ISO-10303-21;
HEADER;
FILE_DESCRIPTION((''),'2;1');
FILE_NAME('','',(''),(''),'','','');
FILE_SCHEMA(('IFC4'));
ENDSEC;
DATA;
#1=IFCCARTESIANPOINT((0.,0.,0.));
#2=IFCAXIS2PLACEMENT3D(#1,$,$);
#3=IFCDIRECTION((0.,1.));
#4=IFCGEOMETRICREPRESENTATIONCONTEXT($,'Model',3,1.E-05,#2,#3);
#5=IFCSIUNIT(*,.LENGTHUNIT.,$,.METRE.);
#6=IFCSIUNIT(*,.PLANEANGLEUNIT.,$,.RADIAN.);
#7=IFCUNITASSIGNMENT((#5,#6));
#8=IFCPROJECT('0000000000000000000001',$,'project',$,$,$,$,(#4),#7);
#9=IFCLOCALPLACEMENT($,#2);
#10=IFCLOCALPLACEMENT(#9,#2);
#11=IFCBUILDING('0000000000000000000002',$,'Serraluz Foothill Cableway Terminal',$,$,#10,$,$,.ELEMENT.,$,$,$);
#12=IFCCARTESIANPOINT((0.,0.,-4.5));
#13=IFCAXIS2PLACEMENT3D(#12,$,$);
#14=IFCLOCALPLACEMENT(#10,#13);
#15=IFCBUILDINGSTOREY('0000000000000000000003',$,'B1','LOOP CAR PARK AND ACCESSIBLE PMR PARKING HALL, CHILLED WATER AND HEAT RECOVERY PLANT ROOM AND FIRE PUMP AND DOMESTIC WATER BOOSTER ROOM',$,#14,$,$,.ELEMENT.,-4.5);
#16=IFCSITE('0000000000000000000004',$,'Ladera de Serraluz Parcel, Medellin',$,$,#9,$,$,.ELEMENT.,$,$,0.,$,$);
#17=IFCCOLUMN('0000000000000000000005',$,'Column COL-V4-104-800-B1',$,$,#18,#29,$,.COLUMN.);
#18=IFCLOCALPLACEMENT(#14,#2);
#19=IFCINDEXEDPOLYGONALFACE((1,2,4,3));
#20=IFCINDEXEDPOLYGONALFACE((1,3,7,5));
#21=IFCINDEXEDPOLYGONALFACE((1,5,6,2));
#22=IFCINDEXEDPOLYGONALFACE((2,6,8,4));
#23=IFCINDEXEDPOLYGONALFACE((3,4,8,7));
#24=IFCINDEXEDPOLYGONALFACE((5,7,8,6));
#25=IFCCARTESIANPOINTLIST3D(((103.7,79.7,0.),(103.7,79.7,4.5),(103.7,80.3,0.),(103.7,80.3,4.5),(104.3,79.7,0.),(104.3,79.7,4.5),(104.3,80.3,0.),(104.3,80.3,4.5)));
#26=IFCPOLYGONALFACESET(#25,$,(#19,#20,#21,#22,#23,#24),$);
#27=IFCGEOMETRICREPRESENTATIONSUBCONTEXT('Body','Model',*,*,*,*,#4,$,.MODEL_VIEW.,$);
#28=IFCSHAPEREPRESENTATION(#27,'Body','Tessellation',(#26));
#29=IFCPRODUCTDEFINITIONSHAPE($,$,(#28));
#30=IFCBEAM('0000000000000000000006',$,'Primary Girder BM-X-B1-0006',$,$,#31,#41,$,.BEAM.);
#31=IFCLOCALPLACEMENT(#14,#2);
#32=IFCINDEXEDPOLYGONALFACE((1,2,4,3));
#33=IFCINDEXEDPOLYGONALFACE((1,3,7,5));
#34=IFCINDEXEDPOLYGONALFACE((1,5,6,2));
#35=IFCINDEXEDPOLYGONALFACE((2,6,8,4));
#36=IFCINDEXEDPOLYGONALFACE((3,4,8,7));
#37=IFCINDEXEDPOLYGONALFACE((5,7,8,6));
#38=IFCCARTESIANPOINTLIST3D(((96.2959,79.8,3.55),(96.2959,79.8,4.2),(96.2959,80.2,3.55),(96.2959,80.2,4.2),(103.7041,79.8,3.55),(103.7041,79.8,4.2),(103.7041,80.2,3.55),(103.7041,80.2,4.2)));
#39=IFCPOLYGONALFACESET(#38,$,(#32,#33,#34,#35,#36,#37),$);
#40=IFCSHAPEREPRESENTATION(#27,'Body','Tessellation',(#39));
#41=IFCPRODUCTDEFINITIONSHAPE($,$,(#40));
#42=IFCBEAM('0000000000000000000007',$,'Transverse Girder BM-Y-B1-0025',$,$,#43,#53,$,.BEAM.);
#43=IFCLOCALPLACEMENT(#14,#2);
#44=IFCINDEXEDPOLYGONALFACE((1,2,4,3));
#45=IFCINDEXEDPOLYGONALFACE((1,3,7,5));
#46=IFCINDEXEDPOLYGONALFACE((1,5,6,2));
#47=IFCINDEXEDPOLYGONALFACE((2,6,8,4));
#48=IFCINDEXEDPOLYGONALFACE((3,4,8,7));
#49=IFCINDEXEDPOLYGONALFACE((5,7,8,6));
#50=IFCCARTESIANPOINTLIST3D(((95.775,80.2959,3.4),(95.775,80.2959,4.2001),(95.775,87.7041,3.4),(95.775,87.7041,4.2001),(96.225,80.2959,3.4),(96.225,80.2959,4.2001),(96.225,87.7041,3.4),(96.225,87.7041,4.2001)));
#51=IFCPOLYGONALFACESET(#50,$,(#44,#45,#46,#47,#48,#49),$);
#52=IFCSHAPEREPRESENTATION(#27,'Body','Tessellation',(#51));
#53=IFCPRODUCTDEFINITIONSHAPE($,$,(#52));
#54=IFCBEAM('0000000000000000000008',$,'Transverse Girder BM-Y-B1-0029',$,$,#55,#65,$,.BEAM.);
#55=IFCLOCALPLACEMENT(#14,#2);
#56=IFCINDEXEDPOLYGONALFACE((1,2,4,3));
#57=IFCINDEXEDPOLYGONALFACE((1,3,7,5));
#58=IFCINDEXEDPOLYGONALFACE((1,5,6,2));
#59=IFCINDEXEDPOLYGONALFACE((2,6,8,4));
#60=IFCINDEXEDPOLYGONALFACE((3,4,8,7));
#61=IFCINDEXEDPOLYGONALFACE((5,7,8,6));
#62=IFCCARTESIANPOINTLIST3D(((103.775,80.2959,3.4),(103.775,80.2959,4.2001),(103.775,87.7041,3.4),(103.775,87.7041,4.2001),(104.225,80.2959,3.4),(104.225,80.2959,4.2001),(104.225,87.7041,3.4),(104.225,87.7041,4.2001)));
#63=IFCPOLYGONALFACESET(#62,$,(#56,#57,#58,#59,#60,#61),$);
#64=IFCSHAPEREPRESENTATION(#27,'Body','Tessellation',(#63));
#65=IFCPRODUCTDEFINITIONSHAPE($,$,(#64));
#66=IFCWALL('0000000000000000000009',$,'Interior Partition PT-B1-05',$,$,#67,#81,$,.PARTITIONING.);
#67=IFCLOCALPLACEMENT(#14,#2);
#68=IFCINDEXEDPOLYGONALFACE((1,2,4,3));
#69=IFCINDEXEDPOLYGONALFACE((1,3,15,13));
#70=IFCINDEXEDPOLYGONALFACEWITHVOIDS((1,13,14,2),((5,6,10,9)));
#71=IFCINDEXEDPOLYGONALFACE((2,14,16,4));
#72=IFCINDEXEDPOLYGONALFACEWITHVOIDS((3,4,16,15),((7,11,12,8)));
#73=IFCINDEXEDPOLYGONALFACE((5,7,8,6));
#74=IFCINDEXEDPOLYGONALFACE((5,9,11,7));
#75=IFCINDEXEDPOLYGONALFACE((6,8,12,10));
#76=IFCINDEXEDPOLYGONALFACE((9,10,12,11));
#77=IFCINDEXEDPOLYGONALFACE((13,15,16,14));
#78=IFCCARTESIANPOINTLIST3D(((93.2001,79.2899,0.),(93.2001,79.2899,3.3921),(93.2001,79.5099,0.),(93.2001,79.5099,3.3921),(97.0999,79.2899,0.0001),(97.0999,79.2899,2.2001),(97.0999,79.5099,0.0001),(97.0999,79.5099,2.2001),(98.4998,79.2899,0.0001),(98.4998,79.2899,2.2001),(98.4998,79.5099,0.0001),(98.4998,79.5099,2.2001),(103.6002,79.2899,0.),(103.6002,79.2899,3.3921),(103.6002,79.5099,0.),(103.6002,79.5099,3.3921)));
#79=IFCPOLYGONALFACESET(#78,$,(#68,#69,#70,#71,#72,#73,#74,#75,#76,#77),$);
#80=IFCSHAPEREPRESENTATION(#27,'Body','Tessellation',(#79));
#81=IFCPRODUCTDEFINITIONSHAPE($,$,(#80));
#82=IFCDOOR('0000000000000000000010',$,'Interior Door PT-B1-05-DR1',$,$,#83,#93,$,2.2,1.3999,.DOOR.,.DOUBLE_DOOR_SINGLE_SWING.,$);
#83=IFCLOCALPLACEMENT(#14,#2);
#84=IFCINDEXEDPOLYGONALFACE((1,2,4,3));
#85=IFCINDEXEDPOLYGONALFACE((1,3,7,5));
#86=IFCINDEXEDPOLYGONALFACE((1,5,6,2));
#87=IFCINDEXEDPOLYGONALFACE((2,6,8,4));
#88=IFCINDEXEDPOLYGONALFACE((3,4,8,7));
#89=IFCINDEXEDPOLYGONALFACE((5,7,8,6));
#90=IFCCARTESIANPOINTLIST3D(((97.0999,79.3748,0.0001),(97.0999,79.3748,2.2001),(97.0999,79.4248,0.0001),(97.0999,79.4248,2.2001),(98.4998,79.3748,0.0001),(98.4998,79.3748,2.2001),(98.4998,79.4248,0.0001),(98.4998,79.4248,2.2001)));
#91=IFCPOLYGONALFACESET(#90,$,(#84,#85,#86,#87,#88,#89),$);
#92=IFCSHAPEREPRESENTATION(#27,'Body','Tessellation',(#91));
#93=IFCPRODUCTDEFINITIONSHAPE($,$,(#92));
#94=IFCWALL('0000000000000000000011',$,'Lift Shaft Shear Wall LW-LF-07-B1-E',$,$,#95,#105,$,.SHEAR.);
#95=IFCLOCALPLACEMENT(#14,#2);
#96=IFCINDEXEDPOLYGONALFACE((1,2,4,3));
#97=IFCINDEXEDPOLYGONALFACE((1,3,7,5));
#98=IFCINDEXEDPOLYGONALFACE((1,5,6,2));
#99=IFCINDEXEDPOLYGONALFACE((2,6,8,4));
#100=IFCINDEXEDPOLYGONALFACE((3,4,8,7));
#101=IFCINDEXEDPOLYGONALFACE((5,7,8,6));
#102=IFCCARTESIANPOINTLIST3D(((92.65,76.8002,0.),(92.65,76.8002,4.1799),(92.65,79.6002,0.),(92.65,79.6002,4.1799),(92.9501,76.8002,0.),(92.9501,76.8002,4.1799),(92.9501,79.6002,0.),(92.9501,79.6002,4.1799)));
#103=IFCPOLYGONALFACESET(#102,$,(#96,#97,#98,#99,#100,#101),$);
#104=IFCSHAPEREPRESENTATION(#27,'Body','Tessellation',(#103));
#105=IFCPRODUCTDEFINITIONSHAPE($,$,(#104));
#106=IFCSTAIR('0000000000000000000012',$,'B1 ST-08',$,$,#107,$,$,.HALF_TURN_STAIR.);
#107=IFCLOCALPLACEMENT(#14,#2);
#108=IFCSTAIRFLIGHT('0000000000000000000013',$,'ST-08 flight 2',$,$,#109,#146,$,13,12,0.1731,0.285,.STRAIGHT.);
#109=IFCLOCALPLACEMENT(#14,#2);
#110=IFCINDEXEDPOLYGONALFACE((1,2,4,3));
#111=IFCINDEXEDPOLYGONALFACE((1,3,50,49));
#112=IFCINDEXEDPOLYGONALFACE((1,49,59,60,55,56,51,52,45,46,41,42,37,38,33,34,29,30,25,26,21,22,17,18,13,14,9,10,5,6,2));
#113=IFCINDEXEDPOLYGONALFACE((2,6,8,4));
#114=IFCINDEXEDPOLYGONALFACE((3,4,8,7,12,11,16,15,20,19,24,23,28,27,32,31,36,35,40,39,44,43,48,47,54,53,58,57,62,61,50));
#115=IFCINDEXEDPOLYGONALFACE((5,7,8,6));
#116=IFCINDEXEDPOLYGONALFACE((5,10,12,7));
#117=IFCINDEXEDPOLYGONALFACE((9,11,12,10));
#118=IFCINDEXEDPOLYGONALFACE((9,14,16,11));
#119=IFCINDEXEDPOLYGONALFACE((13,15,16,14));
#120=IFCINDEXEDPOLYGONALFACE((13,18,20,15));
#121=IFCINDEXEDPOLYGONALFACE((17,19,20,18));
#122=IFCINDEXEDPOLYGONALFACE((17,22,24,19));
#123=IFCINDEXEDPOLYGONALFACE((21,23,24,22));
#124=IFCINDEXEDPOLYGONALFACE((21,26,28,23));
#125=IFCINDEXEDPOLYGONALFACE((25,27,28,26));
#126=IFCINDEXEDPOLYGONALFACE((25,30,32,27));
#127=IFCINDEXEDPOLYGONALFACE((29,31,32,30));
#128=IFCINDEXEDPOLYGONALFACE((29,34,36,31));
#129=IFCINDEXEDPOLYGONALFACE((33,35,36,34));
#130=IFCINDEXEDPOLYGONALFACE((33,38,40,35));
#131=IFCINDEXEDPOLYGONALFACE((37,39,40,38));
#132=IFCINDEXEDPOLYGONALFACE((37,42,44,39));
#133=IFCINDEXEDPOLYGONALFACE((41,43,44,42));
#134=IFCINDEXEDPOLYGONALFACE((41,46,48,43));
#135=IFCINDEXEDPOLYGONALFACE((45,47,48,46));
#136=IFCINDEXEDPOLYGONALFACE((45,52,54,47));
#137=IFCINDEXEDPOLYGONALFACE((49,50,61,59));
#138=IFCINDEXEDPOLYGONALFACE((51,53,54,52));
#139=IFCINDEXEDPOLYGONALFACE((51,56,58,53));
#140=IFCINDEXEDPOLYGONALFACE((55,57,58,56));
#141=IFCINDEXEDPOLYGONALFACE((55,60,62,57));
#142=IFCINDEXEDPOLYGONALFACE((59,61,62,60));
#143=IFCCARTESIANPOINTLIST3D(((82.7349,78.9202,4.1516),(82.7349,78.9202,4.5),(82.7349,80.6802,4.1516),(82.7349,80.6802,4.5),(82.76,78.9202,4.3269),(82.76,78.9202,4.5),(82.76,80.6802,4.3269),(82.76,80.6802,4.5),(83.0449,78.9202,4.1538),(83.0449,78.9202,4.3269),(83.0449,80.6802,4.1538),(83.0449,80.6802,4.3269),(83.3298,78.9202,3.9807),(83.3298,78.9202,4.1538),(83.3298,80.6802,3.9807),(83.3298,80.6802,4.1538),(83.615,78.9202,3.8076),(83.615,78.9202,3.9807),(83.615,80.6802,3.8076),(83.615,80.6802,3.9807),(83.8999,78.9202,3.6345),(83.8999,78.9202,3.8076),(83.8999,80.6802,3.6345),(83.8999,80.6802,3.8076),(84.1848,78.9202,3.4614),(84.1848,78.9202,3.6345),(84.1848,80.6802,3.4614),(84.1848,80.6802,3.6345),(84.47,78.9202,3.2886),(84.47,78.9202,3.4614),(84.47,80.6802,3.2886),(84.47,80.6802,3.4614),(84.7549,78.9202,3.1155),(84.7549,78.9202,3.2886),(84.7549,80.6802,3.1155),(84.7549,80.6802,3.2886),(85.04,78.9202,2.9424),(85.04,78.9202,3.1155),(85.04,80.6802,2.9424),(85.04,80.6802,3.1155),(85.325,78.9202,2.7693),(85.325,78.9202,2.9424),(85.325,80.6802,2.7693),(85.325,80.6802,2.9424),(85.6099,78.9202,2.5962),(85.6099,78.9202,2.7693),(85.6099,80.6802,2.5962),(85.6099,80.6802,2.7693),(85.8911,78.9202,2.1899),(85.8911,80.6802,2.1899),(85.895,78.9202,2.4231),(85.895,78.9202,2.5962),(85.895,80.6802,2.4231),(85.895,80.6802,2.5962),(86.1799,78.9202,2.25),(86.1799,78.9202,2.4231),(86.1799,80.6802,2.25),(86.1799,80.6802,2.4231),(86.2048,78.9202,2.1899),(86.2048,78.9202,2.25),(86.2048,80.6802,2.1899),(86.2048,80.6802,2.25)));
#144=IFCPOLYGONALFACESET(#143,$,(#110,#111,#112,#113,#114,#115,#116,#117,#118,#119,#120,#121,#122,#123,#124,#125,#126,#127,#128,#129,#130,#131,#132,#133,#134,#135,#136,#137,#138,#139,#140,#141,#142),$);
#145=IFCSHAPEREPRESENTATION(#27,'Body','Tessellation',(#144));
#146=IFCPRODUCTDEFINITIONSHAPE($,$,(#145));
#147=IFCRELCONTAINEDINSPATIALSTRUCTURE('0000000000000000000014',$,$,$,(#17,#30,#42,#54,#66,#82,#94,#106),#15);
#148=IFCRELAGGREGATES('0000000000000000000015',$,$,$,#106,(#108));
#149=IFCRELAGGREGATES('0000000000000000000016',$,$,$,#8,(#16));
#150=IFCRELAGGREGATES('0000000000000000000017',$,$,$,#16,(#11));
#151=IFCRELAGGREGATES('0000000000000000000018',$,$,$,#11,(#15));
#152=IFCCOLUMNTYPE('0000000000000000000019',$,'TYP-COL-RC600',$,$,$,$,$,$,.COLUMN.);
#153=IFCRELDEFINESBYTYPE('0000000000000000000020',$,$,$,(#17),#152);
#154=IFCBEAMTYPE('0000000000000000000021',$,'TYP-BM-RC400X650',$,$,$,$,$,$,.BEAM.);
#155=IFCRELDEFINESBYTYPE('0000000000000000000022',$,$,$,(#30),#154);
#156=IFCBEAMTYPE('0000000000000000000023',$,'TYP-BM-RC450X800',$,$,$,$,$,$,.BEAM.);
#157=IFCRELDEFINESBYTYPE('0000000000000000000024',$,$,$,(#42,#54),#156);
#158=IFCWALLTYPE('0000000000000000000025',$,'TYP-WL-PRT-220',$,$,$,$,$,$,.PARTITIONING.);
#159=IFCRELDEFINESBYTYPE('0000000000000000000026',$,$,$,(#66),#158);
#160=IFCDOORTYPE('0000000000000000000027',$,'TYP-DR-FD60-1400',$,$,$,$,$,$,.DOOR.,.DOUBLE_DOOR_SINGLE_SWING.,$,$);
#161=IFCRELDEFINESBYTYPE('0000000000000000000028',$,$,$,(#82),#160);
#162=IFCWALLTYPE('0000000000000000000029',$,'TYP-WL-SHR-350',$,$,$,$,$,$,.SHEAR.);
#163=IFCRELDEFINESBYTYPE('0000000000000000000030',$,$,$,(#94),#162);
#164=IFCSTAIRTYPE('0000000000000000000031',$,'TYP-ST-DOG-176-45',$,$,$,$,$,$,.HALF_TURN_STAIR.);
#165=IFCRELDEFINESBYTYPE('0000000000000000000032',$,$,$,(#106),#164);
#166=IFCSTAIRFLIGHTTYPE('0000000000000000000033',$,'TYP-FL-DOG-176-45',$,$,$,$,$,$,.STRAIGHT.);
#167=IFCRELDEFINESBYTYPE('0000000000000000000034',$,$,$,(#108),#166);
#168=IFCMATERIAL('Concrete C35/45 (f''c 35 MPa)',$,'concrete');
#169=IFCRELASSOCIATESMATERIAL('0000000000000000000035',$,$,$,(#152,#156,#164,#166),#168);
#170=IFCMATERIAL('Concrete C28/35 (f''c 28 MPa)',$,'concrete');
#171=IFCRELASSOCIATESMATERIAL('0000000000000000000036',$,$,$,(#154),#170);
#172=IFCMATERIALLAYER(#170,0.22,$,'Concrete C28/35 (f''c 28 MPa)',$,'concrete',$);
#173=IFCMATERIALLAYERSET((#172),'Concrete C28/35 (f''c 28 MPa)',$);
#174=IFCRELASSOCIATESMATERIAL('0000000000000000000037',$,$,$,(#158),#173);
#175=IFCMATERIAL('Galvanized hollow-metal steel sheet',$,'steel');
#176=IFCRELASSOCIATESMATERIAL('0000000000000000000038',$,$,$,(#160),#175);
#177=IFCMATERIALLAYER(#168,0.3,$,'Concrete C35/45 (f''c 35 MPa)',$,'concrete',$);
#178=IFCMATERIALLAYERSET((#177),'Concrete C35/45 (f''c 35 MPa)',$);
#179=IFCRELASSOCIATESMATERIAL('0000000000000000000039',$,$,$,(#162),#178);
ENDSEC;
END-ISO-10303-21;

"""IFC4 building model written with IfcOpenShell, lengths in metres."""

from ifc_helpers import new_model, si_unit, direction, frame, frame_2d, origin, origin_2d, place, context, subcontext, project, spatial, polyline, rectangle, outline, extrude, material, layer, layer_set, material_profile, profile_set, type_object, element, fill, aggregate, save


model = new_model("IFC4")

# Units and contexts
model_context = context("Model", 3, precision=1e-05, world=origin(), true_north=direction((0.0, 1.0)))
body_context = subcontext(model_context, "Body", "Model", "MODEL_VIEW")
ifc_project = project(units=[si_unit("LENGTHUNIT", "METRE"), si_unit("PLANEANGLEUNIT", "RADIAN")], contexts=[model_context])

# Site, building, storey
site_placement = place(None, origin())
site = spatial("IfcSite", under=ifc_project, at=site_placement, Name="Ladera de Serraluz Parcel, Medellin", CompositionType="ELEMENT", RefElevation=0.0)
building_placement = place(site_placement, origin())
building = spatial("IfcBuilding", under=site, at=building_placement, Name="Serraluz Foothill Cableway Terminal", CompositionType="ELEMENT")
storey_placement = place(building_placement, frame((0.0, 0.0, -4.5)))
storey = spatial("IfcBuildingStorey", under=building, at=storey_placement, Name="B1", Description="LOOP CAR PARK AND ACCESSIBLE PMR PARKING HALL, CHILLED WATER AND HEAT RECOVERY PLANT ROOM AND FIRE PUMP AND DOMESTIC WATER BOOSTER ROOM", CompositionType="ELEMENT", Elevation=-4.5)

# Shared definitions
ifc_material_1 = material(Name="Concrete C35/45 (f'c 35 MPa)", Category="concrete")

# Shared definitions
ifc_material_2 = material(Name="Concrete C28/35 (f'c 28 MPa)", Category="concrete")

# Column
ifc_material_profile_1 = material_profile(ifc_material_1, rectangle(XDim=0.6001, YDim=0.6001, at=origin_2d()), Name="RC 600x600")
ifc_profile_set_1 = profile_set([ifc_material_profile_1], Name="Concrete C35/45 (f'c 35 MPa)")
column_type = type_object("IfcColumnType", Name="TYP-COL-RC600", PredefinedType="COLUMN", material=ifc_profile_set_1)
for number, where, z_axis, x_axis, name in (
    (1, (104.0, 80.0, 0.0), (0.0, 0.0, 1.0), (1.0, 0.0, 0.0), "Column COL-V4-104-800-B1"),
):
    element("IfcColumn", number, at=place(storey_placement, frame(where, z_axis=z_axis, x_axis=x_axis)), inside=storey, type_object=column_type, Name=name, PredefinedType="COLUMN", context=body_context, shape_type="SweptSolid", body=[
        extrude(rectangle(XDim=0.6001, YDim=0.6001, at=origin_2d()), origin(), (0.0, 0.0, 1.0), 4.5),
    ])

# Beams
ifc_material_profile_2 = material_profile(ifc_material_2, rectangle(XDim=0.3999, YDim=0.6499, at=origin_2d()), Name="RC 400x650")
ifc_profile_set_2 = profile_set([ifc_material_profile_2], Name="Concrete C28/35 (f'c 28 MPa)")
beam_type_1 = type_object("IfcBeamType", Name="TYP-BM-RC400X650", PredefinedType="BEAM", material=ifc_profile_set_2)
beam_placement = place(storey_placement, frame((96.2959, 80.0, 3.875), z_axis=(1.0, 0.0, 0.0), x_axis=(0.0, 1.0, 0.0)))
element("IfcBeam", 2, at=beam_placement, inside=storey, type_object=beam_type_1, Name="Primary Girder BM-X-B1-0006", PredefinedType="BEAM", context=body_context, shape_type="SweptSolid", body=[
    extrude(rectangle(XDim=0.3999, YDim=0.6499, at=origin_2d()), origin(), (0.0, 0.0, 1.0), 7.4082),
])
ifc_material_profile_3 = material_profile(ifc_material_1, rectangle(XDim=0.45, YDim=0.8, at=origin_2d()), Name="RC 450x800")
ifc_profile_set_3 = profile_set([ifc_material_profile_3], Name="Concrete C35/45 (f'c 35 MPa)")
beam_type_2 = type_object("IfcBeamType", Name="TYP-BM-RC450X800", PredefinedType="BEAM", material=ifc_profile_set_3)
for number, where, z_axis, x_axis, name in (
    (3, (96.0, 80.2959, 3.8), (0.0, 1.0, 0.0), (-1.0, 0.0, 0.0), "Transverse Girder BM-Y-B1-0025"),
    (4, (104.0, 80.2959, 3.8), (0.0, 1.0, 0.0), (-1.0, 0.0, 0.0), "Transverse Girder BM-Y-B1-0029"),
):
    element("IfcBeam", number, at=place(storey_placement, frame(where, z_axis=z_axis, x_axis=x_axis)), inside=storey, type_object=beam_type_2, Name=name, PredefinedType="BEAM", context=body_context, shape_type="SweptSolid", body=[
        extrude(rectangle(XDim=0.45, YDim=0.8, at=origin_2d()), origin(), (0.0, 0.0, 1.0), 7.4082),
    ])

# Wall, opening, door
ifc_layer_1 = layer(ifc_material_2, 0.22, Name="Concrete C28/35 (f'c 28 MPa)", Category="concrete")
ifc_layer_set_1 = layer_set([ifc_layer_1], Name="Concrete C28/35 (f'c 28 MPa)")
wall_type_1 = type_object("IfcWallType", Name="TYP-WL-PRT-220", PredefinedType="PARTITIONING", material=ifc_layer_set_1)
wall_1_placement = place(storey_placement, frame((93.2, 79.3999, 0.0), z_axis=(0.0, 0.0, 1.0), x_axis=(1.0, 0.0, 0.0)))
wall_1 = element("IfcWall", 5, at=wall_1_placement, inside=storey, type_object=wall_type_1, Name="Interior Partition PT-B1-05", PredefinedType="PARTITIONING", context=body_context, shape_type="SweptSolid", body=[
    extrude(rectangle(XDim=10.4001, YDim=0.22, at=frame_2d((5.2002, 0.0))), origin(), (0.0, 0.0, 1.0), 3.3921),
])
opening_1_placement = place(wall_1_placement, frame((3.8999, 0.0, 0.0)))
opening_1 = element("IfcOpeningElement", 6, at=opening_1_placement, cuts=wall_1, PredefinedType="OPENING", context=body_context, shape_type="SweptSolid", body=[
    extrude(rectangle(XDim=1.3999, YDim=2.2, at=frame_2d((0.7, 1.1001))), frame((0.0, 0.1201, 0.0), z_axis=(0.0, -1.0, 0.0), x_axis=(1.0, 0.0, 0.0)), (0.0, 0.0, 1.0), 0.24),
])
ifc_material_3 = material(Name="Galvanized hollow-metal steel sheet", Category="steel")
door_type_1 = type_object("IfcDoorType", Name="TYP-DR-FD60-1400", OperationType="DOUBLE_DOOR_SINGLE_SWING", PredefinedType="DOOR", material=ifc_material_3)
door_1_placement = place(opening_1_placement, origin())
door_1 = element("IfcDoor", 7, at=door_1_placement, inside=storey, type_object=door_type_1, Name="Interior Door PT-B1-05-DR1", OperationType="DOUBLE_DOOR_SINGLE_SWING", OverallHeight=2.2, OverallWidth=1.3999, PredefinedType="DOOR", context=body_context, shape_type="SweptSolid", body=[
    extrude(rectangle(XDim=1.3999, YDim=2.2, at=frame_2d((0.7, 1.1001))), frame((0.0, 0.0249, 0.0), z_axis=(0.0, -1.0, 0.0), x_axis=(1.0, 0.0, 0.0)), (0.0, 0.0, 1.0), 0.05),
])
fill(opening_1, door_1)
ifc_layer_2 = layer(ifc_material_1, 0.3, Name="Concrete C35/45 (f'c 35 MPa)", Category="concrete")
ifc_layer_set_2 = layer_set([ifc_layer_2], Name="Concrete C35/45 (f'c 35 MPa)")
wall_type_2 = type_object("IfcWallType", Name="TYP-WL-SHR-350", PredefinedType="SHEAR", material=ifc_layer_set_2)

# Wall
wall_2_placement = place(storey_placement, frame((92.8, 79.6001, 0.0), z_axis=(0.0, 0.0, 1.0), x_axis=(0.0, -1.0, 0.0)))
element("IfcWall", 8, at=wall_2_placement, inside=storey, type_object=wall_type_2, Name="Lift Shaft Shear Wall LW-LF-07-B1-E", PredefinedType="SHEAR", context=body_context, shape_type="SweptSolid", body=[
    extrude(rectangle(XDim=2.8, YDim=0.3, at=frame_2d((1.3999, 0.0))), origin(), (0.0, 0.0, 1.0), 4.1799),
])

# Stair, stair flight
stair_type = type_object("IfcStairType", Name="TYP-ST-DOG-176-45", PredefinedType="HALF_TURN_STAIR", material=ifc_material_1)
stair_placement = place(storey_placement, origin())
stair = element("IfcStair", 9, at=stair_placement, inside=storey, type_object=stair_type, Name="B1 ST-08", PredefinedType="HALF_TURN_STAIR")
stair_flight_type = type_object("IfcStairFlightType", Name="TYP-FL-DOG-176-45", PredefinedType="STRAIGHT", material=ifc_material_1)
stair_flight_placement = place(storey_placement, frame((86.1799, 79.8, 2.25), z_axis=(0.0, 0.0, 1.0), x_axis=(-1.0, 0.0, 0.0)))
stair_flight = element("IfcStairFlight", 10, at=stair_flight_placement, type_object=stair_flight_type, Name="ST-08 flight 2", NumberOfRisers=13, NumberOfTreads=12, PredefinedType="STRAIGHT", RiserHeight=0.1731, TreadLength=0.285, context=body_context, shape_type="SweptSolid", body=[
    extrude(outline(polyline([(-0.0249, -0.0601), (-0.0249, 0.0), (0.0, 0.0), (0.0, 0.1731), (0.2849, 0.1731), (0.2849, 0.3462), (0.5701, 0.3462), (0.5701, 0.5193), (0.855, 0.5193), (0.855, 0.6924), (1.1399, 0.6924), (1.1399, 0.8655), (1.425, 0.8655), (1.425, 1.0386), (1.71, 1.0386), (1.71, 1.2114), (1.9951, 1.2114), (1.9951, 1.3845), (2.28, 1.3845), (2.28, 1.5576), (2.5649, 1.5576), (2.5649, 1.7307), (2.8501, 1.7307), (2.8501, 1.9038), (3.135, 1.9038), (3.135, 2.0769), (3.4199, 2.0769), (3.4199, 2.25), (3.4451, 2.25), (3.4451, 1.9016), (0.2888, -0.0601), (-0.0249, -0.0601)])), frame((0.0, 0.8799, 0.0), z_axis=(0.0, -1.0, 0.0), x_axis=(1.0, 0.0, 0.0)), (0.0, 0.0, 1.0), 1.76),
])
aggregate(stair, [stair_flight])

save(model, "model.ifc")
